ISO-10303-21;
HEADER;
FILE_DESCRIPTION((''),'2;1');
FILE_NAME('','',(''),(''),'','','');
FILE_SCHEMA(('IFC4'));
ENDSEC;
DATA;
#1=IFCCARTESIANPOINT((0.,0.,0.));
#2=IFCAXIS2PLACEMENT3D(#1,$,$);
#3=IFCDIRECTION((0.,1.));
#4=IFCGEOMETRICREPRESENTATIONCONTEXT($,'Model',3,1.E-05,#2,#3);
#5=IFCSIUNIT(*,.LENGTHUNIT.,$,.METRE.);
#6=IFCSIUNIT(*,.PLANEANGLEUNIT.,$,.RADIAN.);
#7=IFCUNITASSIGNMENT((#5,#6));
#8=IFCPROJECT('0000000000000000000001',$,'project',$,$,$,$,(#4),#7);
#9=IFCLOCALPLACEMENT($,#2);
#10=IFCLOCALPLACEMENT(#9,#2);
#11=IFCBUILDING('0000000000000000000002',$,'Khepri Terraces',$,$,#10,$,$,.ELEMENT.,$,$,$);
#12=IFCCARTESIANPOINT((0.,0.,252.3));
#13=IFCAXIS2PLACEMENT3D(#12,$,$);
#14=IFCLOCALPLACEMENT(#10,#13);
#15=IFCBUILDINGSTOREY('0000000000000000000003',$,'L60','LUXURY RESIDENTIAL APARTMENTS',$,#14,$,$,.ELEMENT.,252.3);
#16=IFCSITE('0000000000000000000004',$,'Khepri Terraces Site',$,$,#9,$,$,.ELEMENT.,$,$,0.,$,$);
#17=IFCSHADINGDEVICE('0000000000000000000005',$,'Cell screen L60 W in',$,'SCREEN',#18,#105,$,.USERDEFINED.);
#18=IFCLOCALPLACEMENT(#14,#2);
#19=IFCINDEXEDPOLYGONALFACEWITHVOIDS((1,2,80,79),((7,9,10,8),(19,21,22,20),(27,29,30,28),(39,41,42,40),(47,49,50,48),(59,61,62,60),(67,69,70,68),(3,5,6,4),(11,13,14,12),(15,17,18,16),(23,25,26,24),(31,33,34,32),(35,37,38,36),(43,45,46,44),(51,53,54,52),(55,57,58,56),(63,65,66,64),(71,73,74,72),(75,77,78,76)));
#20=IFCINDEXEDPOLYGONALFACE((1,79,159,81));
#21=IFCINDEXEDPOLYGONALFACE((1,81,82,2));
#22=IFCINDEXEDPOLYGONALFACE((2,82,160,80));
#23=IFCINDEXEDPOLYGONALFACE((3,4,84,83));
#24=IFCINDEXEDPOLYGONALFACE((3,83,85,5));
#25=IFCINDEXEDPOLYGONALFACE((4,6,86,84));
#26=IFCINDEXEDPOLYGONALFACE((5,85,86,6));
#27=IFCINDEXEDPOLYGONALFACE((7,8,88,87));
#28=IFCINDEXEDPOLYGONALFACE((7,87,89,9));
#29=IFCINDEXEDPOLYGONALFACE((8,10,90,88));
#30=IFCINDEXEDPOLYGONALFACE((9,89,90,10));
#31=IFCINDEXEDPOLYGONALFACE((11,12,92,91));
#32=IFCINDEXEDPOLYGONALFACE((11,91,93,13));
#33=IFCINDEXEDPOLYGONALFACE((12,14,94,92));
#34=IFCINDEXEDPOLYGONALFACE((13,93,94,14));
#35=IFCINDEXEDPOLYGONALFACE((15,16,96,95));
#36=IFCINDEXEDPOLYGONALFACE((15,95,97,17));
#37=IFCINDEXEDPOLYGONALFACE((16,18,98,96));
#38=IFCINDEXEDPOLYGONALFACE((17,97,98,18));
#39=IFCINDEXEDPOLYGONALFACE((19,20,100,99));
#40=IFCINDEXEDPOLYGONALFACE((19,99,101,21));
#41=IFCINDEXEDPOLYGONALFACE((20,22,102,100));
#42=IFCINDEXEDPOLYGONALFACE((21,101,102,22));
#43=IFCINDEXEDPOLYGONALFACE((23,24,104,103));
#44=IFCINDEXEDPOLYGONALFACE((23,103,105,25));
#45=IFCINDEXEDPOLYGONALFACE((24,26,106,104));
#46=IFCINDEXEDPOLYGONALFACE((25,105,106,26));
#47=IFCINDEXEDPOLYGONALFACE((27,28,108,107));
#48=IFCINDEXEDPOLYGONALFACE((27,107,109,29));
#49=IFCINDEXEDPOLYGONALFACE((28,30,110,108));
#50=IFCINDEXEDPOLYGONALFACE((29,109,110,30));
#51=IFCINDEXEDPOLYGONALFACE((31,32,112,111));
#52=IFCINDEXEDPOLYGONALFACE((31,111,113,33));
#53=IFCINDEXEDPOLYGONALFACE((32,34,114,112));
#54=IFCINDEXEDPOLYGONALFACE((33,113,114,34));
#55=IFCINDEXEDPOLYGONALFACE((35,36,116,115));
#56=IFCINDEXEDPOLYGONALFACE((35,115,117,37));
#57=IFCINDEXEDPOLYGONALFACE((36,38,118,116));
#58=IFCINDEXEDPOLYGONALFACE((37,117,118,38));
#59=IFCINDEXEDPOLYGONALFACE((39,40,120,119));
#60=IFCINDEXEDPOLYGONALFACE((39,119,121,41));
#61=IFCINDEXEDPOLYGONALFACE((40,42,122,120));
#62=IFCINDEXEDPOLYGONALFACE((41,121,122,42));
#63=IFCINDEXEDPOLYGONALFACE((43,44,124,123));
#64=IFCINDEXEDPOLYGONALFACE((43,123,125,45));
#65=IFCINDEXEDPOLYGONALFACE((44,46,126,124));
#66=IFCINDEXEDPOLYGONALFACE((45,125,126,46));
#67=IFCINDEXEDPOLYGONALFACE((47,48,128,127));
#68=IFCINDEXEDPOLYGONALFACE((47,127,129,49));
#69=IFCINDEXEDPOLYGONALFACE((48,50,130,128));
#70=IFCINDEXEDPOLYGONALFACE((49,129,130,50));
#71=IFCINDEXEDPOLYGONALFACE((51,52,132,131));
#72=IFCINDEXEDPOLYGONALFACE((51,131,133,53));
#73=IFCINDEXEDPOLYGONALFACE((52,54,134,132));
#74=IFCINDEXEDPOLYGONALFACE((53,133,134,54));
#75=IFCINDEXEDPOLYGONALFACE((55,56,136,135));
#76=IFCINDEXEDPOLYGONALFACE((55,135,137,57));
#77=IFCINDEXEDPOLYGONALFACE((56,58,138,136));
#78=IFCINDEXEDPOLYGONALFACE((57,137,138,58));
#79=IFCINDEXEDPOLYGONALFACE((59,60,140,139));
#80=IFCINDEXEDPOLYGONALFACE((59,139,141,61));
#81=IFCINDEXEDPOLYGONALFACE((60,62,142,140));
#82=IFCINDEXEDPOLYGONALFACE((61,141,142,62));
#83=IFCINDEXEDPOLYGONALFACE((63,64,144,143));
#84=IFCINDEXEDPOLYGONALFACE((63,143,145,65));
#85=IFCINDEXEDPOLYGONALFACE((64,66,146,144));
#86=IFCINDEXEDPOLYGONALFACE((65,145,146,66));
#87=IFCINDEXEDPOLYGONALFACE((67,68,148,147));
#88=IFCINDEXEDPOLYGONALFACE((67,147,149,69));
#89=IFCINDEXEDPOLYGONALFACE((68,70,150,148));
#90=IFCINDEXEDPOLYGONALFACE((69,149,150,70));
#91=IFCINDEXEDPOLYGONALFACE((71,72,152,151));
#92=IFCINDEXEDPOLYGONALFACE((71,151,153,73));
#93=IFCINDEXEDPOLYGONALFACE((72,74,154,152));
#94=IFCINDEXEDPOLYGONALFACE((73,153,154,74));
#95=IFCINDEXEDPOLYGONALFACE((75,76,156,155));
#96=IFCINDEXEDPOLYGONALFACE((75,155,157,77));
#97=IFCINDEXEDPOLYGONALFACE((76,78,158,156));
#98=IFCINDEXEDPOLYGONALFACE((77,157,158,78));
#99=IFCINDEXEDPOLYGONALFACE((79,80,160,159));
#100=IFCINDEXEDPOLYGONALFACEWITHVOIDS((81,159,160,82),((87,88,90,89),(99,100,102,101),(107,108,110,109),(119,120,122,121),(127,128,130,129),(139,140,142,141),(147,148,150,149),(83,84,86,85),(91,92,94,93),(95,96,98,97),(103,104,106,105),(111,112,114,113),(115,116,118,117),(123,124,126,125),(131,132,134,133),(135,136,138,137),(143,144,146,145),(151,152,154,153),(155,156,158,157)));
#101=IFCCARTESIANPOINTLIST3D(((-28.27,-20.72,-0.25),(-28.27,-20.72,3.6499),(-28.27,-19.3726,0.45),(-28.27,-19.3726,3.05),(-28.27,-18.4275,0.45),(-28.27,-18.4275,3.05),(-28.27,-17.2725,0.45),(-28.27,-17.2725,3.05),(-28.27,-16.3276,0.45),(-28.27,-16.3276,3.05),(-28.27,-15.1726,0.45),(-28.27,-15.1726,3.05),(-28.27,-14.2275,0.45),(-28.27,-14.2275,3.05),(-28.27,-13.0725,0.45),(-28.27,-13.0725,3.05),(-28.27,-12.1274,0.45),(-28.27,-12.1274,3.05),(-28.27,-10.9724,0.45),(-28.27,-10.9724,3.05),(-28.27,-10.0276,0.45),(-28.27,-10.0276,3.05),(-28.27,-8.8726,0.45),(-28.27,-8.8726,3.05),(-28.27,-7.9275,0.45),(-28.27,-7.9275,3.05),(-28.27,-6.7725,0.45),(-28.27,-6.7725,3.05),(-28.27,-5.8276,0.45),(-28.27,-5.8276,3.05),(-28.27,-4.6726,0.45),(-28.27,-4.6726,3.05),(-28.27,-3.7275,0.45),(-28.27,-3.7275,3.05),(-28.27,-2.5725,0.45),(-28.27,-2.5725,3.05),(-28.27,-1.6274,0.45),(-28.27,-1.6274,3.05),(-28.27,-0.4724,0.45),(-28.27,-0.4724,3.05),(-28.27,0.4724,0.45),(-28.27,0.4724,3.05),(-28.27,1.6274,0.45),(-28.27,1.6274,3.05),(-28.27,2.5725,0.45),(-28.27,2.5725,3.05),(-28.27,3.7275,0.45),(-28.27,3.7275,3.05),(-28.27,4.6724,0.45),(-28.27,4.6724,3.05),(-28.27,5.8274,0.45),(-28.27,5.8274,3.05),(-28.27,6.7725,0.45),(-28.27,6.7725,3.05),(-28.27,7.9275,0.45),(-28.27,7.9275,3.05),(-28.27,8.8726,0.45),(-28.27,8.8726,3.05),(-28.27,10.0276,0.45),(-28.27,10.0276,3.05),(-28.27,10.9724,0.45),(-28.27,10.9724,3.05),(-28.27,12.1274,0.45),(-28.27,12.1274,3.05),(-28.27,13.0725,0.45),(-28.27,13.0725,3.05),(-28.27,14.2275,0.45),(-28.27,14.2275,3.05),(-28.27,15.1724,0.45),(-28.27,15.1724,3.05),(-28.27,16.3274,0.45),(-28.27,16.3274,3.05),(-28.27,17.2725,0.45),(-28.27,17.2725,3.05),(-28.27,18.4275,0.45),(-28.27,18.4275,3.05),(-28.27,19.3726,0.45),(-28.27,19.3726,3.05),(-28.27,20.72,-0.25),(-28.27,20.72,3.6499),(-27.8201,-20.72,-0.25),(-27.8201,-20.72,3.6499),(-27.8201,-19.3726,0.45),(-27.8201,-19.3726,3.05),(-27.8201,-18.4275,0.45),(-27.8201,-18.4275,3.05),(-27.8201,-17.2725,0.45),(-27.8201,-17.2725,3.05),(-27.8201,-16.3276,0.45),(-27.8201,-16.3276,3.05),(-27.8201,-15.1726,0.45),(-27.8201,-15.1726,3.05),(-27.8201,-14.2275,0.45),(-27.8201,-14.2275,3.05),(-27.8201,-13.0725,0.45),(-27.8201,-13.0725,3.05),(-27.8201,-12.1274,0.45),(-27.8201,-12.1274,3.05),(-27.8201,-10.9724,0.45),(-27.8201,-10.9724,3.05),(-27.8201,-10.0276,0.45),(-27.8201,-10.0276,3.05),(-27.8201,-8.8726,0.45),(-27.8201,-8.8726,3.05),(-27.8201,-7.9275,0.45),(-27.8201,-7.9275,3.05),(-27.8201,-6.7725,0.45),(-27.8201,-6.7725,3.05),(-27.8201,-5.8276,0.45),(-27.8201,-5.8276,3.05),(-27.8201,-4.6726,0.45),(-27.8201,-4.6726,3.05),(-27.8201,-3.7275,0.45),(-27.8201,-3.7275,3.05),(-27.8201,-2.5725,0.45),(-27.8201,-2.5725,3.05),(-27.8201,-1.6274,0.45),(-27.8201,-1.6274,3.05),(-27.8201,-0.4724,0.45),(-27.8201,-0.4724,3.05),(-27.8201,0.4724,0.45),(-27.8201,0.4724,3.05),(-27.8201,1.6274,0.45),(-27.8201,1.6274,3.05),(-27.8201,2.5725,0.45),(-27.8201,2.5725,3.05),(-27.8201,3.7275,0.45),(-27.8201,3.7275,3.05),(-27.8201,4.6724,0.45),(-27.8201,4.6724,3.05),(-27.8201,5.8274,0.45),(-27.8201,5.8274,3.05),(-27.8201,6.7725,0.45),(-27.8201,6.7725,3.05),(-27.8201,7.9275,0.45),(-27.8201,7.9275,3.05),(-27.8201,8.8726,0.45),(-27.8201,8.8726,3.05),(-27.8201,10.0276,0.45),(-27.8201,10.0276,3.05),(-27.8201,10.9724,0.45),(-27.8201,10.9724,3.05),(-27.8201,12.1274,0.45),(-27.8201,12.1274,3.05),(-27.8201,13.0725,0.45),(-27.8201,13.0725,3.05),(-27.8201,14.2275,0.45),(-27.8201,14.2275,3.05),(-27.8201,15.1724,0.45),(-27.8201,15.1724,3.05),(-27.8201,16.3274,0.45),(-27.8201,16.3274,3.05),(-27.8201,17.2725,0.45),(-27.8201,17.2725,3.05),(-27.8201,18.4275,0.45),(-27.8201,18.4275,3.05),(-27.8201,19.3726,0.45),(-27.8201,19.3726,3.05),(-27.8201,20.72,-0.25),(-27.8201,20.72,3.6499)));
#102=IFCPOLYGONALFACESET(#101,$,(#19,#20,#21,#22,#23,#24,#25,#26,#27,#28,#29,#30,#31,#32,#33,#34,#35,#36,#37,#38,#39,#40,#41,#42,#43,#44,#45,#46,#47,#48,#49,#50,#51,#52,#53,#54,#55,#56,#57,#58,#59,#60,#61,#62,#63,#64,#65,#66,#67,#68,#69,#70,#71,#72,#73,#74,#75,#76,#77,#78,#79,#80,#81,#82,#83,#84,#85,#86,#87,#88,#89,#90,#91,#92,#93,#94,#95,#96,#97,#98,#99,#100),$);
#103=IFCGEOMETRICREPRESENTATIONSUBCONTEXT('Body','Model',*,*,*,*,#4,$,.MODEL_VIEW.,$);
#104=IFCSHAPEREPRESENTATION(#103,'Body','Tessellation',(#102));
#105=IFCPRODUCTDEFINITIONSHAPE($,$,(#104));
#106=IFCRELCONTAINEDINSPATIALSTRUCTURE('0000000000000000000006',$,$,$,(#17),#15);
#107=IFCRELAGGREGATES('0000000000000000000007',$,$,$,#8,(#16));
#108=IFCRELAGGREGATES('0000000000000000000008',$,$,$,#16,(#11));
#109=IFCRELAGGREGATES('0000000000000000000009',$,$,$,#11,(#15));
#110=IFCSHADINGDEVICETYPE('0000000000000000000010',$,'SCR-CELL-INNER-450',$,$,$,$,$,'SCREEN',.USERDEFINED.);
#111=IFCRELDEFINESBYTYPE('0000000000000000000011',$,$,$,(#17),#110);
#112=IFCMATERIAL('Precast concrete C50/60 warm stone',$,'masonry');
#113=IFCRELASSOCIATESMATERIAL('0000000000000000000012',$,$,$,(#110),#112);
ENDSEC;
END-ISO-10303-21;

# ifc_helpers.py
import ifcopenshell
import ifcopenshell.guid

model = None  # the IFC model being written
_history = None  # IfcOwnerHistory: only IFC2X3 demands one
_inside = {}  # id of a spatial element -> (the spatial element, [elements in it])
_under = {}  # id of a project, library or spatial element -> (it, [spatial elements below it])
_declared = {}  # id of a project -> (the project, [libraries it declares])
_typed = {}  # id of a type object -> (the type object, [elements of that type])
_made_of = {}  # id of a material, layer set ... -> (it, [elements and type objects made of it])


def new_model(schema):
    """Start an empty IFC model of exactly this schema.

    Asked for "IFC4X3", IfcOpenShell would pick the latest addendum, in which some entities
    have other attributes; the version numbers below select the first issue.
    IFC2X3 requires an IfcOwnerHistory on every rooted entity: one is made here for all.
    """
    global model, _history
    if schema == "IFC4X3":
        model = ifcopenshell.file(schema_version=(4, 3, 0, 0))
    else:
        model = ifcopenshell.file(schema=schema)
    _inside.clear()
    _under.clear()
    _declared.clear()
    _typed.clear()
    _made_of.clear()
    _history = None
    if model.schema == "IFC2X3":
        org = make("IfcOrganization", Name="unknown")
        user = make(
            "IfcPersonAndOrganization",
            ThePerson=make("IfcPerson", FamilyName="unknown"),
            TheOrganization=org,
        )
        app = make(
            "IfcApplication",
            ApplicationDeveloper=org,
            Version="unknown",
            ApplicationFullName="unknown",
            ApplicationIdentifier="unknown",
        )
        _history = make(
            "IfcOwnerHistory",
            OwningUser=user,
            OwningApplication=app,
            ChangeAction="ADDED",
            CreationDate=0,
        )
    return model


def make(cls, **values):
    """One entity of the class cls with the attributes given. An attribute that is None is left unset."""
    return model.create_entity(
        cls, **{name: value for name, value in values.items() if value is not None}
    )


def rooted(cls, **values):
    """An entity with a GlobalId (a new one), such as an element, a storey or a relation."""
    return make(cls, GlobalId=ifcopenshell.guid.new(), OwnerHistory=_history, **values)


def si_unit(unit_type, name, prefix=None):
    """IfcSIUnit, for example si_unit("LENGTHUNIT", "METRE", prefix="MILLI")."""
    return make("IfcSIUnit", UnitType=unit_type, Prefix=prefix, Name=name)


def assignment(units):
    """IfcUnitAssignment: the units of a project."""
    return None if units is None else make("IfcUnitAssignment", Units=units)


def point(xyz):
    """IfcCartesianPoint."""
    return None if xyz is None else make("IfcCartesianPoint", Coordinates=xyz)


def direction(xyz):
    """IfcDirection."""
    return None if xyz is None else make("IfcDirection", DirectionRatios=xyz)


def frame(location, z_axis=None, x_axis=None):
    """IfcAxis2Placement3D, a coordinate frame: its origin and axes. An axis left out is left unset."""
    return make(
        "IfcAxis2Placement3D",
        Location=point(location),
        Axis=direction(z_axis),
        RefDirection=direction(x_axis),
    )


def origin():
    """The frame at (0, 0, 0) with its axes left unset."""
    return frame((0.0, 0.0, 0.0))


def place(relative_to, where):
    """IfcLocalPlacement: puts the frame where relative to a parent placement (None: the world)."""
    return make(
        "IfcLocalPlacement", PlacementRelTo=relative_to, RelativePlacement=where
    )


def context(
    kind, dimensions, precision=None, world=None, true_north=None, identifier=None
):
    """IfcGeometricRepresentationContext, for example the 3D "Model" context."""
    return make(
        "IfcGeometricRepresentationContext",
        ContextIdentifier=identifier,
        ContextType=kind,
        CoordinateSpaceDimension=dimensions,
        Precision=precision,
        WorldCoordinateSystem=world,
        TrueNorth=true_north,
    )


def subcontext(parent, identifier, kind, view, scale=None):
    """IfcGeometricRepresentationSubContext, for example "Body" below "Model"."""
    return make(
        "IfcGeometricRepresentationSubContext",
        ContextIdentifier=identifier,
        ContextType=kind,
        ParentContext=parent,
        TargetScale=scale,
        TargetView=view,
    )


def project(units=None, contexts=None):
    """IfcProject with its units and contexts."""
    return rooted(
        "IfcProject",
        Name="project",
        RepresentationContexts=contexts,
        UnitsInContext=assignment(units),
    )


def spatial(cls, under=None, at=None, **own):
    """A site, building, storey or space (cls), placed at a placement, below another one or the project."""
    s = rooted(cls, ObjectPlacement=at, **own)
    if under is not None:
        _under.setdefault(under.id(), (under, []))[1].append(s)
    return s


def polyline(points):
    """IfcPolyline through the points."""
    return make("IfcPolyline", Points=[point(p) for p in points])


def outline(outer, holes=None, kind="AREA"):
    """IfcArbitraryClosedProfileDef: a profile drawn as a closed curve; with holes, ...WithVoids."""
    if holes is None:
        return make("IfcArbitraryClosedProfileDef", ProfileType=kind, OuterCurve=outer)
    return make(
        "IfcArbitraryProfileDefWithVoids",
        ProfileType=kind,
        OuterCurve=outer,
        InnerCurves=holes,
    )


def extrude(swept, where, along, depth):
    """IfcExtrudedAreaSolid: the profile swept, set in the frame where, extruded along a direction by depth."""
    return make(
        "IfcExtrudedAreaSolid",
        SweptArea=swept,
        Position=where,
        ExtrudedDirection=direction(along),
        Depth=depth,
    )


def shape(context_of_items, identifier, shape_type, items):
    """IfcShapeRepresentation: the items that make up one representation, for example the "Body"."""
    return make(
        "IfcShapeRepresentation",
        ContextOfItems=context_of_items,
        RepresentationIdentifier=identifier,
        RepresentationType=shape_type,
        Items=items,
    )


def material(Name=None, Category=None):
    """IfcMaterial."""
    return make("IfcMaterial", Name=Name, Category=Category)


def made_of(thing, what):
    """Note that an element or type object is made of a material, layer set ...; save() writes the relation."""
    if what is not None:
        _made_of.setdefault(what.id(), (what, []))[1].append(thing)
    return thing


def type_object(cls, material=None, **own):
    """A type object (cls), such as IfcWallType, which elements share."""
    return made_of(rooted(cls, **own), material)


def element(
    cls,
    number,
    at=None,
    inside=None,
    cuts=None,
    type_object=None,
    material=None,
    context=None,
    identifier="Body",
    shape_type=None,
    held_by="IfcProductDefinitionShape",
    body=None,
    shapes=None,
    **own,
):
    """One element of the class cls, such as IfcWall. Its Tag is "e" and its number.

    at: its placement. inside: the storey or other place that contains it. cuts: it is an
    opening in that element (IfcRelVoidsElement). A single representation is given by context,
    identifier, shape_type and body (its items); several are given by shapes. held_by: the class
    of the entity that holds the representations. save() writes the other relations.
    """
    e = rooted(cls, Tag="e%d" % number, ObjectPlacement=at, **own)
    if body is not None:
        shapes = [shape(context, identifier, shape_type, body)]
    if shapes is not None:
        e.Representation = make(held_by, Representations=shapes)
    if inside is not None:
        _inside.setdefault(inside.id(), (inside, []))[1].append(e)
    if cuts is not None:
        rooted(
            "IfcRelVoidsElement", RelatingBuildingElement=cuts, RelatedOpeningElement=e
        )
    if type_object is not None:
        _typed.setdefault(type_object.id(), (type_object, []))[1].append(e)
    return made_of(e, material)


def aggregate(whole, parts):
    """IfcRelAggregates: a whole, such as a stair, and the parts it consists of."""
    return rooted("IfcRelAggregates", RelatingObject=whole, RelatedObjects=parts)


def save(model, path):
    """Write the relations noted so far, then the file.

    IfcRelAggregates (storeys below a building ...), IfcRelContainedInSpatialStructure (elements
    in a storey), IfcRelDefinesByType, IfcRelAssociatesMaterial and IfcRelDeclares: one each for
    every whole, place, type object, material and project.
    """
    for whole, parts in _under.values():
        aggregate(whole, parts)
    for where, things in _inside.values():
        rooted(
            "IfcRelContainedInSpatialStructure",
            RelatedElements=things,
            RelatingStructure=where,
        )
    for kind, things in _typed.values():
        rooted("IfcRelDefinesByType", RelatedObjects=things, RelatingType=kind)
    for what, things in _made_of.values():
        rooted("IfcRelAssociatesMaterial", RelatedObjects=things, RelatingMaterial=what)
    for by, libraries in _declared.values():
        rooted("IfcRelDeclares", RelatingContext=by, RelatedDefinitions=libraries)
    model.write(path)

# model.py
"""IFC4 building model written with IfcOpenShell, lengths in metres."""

from ifc_helpers import new_model, si_unit, direction, frame, origin, place, context, subcontext, project, spatial, polyline, outline, extrude, material, type_object, element, save


model = new_model("IFC4")

# Units and contexts
model_context = context("Model", 3, precision=1e-05, world=origin(), true_north=direction((0.0, 1.0)))
body_context = subcontext(model_context, "Body", "Model", "MODEL_VIEW")
ifc_project = project(units=[si_unit("LENGTHUNIT", "METRE"), si_unit("PLANEANGLEUNIT", "RADIAN")], contexts=[model_context])

# Site, building, storey
site_placement = place(None, origin())
site = spatial("IfcSite", under=ifc_project, at=site_placement, Name="Khepri Terraces Site", CompositionType="ELEMENT", RefElevation=0.0)
building_placement = place(site_placement, origin())
building = spatial("IfcBuilding", under=site, at=building_placement, Name="Khepri Terraces", CompositionType="ELEMENT")
storey_placement = place(building_placement, frame((0.0, 0.0, 252.3)))
storey = spatial("IfcBuildingStorey", under=building, at=storey_placement, Name="L60", Description="LUXURY RESIDENTIAL APARTMENTS", CompositionType="ELEMENT", Elevation=252.3)

# Shared definitions
ifc_material_1 = material(Name="Precast concrete C50/60 warm stone", Category="masonry")

# Shading device
shading_device_type_1 = type_object("IfcShadingDeviceType", Name="SCR-CELL-INNER-450", ElementType="SCREEN", PredefinedType="USERDEFINED", material=ifc_material_1)
shading_device_1_placement = place(storey_placement, frame((-27.8201, 20.72, -0.25), z_axis=(-1.0, 0.0, 0.0), x_axis=(0.0, -1.0, 0.0)))
element("IfcShadingDevice", 1, at=shading_device_1_placement, inside=storey, type_object=shading_device_type_1, Name="Cell screen L60 W in", ObjectType="SCREEN", PredefinedType="USERDEFINED", context=body_context, shape_type="SweptSolid", body=[
    extrude(outline(polyline([(0.0, 0.0), (41.4399, 0.0), (41.4399, 3.8999), (0.0, 3.8999), (0.0, 0.0)]), holes=[polyline([(1.3474, 0.7), (2.2925, 0.7), (2.2925, 3.3), (1.3474, 3.3), (1.3474, 0.7)]), polyline([(3.4475, 0.7), (4.3926, 0.7), (4.3926, 3.3), (3.4475, 3.3), (3.4475, 0.7)]), polyline([(5.5476, 0.7), (6.4924, 0.7), (6.4924, 3.3), (5.5476, 3.3), (5.5476, 0.7)]), polyline([(7.6475, 0.7), (8.5925, 0.7), (8.5925, 3.3), (7.6475, 3.3), (7.6475, 0.7)]), polyline([(9.7476, 0.7), (10.6924, 0.7), (10.6924, 3.3), (9.7476, 3.3), (9.7476, 0.7)]), polyline([(11.8474, 0.7), (12.7925, 0.7), (12.7925, 3.3), (11.8474, 3.3), (11.8474, 0.7)]), polyline([(13.9475, 0.7), (14.8926, 0.7), (14.8926, 3.3), (13.9475, 3.3), (13.9475, 0.7)]), polyline([(16.0476, 0.7), (16.9924, 0.7), (16.9924, 3.3), (16.0476, 3.3), (16.0476, 0.7)]), polyline([(18.1475, 0.7), (19.0925, 0.7), (19.0925, 3.3), (18.1475, 3.3), (18.1475, 0.7)]), polyline([(20.2476, 0.7), (21.1924, 0.7), (21.1924, 3.3), (20.2476, 3.3), (20.2476, 0.7)]), polyline([(22.3474, 0.7), (23.2925, 0.7), (23.2925, 3.3), (22.3474, 3.3), (22.3474, 0.7)]), polyline([(24.4475, 0.7), (25.3926, 0.7), (25.3926, 3.3), (24.4475, 3.3), (24.4475, 0.7)]), polyline([(26.5476, 0.7), (27.4924, 0.7), (27.4924, 3.3), (26.5476, 3.3), (26.5476, 0.7)]), polyline([(28.6475, 0.7), (29.5925, 0.7), (29.5925, 3.3), (28.6475, 3.3), (28.6475, 0.7)]), polyline([(30.7476, 0.7), (31.6924, 0.7), (31.6924, 3.3), (30.7476, 3.3), (30.7476, 0.7)]), polyline([(32.8474, 0.7), (33.7925, 0.7), (33.7925, 3.3), (32.8474, 3.3), (32.8474, 0.7)]), polyline([(34.9475, 0.7), (35.8926, 0.7), (35.8926, 3.3), (34.9475, 3.3), (34.9475, 0.7)]), polyline([(37.0476, 0.7), (37.9924, 0.7), (37.9924, 3.3), (37.0476, 3.3), (37.0476, 0.7)]), polyline([(39.1475, 0.7), (40.0925, 0.7), (40.0925, 3.3), (39.1475, 3.3), (39.1475, 0.7)])]), origin(), (0.0, 0.0, 1.0), 0.45),
])

save(model, "model.ifc")
